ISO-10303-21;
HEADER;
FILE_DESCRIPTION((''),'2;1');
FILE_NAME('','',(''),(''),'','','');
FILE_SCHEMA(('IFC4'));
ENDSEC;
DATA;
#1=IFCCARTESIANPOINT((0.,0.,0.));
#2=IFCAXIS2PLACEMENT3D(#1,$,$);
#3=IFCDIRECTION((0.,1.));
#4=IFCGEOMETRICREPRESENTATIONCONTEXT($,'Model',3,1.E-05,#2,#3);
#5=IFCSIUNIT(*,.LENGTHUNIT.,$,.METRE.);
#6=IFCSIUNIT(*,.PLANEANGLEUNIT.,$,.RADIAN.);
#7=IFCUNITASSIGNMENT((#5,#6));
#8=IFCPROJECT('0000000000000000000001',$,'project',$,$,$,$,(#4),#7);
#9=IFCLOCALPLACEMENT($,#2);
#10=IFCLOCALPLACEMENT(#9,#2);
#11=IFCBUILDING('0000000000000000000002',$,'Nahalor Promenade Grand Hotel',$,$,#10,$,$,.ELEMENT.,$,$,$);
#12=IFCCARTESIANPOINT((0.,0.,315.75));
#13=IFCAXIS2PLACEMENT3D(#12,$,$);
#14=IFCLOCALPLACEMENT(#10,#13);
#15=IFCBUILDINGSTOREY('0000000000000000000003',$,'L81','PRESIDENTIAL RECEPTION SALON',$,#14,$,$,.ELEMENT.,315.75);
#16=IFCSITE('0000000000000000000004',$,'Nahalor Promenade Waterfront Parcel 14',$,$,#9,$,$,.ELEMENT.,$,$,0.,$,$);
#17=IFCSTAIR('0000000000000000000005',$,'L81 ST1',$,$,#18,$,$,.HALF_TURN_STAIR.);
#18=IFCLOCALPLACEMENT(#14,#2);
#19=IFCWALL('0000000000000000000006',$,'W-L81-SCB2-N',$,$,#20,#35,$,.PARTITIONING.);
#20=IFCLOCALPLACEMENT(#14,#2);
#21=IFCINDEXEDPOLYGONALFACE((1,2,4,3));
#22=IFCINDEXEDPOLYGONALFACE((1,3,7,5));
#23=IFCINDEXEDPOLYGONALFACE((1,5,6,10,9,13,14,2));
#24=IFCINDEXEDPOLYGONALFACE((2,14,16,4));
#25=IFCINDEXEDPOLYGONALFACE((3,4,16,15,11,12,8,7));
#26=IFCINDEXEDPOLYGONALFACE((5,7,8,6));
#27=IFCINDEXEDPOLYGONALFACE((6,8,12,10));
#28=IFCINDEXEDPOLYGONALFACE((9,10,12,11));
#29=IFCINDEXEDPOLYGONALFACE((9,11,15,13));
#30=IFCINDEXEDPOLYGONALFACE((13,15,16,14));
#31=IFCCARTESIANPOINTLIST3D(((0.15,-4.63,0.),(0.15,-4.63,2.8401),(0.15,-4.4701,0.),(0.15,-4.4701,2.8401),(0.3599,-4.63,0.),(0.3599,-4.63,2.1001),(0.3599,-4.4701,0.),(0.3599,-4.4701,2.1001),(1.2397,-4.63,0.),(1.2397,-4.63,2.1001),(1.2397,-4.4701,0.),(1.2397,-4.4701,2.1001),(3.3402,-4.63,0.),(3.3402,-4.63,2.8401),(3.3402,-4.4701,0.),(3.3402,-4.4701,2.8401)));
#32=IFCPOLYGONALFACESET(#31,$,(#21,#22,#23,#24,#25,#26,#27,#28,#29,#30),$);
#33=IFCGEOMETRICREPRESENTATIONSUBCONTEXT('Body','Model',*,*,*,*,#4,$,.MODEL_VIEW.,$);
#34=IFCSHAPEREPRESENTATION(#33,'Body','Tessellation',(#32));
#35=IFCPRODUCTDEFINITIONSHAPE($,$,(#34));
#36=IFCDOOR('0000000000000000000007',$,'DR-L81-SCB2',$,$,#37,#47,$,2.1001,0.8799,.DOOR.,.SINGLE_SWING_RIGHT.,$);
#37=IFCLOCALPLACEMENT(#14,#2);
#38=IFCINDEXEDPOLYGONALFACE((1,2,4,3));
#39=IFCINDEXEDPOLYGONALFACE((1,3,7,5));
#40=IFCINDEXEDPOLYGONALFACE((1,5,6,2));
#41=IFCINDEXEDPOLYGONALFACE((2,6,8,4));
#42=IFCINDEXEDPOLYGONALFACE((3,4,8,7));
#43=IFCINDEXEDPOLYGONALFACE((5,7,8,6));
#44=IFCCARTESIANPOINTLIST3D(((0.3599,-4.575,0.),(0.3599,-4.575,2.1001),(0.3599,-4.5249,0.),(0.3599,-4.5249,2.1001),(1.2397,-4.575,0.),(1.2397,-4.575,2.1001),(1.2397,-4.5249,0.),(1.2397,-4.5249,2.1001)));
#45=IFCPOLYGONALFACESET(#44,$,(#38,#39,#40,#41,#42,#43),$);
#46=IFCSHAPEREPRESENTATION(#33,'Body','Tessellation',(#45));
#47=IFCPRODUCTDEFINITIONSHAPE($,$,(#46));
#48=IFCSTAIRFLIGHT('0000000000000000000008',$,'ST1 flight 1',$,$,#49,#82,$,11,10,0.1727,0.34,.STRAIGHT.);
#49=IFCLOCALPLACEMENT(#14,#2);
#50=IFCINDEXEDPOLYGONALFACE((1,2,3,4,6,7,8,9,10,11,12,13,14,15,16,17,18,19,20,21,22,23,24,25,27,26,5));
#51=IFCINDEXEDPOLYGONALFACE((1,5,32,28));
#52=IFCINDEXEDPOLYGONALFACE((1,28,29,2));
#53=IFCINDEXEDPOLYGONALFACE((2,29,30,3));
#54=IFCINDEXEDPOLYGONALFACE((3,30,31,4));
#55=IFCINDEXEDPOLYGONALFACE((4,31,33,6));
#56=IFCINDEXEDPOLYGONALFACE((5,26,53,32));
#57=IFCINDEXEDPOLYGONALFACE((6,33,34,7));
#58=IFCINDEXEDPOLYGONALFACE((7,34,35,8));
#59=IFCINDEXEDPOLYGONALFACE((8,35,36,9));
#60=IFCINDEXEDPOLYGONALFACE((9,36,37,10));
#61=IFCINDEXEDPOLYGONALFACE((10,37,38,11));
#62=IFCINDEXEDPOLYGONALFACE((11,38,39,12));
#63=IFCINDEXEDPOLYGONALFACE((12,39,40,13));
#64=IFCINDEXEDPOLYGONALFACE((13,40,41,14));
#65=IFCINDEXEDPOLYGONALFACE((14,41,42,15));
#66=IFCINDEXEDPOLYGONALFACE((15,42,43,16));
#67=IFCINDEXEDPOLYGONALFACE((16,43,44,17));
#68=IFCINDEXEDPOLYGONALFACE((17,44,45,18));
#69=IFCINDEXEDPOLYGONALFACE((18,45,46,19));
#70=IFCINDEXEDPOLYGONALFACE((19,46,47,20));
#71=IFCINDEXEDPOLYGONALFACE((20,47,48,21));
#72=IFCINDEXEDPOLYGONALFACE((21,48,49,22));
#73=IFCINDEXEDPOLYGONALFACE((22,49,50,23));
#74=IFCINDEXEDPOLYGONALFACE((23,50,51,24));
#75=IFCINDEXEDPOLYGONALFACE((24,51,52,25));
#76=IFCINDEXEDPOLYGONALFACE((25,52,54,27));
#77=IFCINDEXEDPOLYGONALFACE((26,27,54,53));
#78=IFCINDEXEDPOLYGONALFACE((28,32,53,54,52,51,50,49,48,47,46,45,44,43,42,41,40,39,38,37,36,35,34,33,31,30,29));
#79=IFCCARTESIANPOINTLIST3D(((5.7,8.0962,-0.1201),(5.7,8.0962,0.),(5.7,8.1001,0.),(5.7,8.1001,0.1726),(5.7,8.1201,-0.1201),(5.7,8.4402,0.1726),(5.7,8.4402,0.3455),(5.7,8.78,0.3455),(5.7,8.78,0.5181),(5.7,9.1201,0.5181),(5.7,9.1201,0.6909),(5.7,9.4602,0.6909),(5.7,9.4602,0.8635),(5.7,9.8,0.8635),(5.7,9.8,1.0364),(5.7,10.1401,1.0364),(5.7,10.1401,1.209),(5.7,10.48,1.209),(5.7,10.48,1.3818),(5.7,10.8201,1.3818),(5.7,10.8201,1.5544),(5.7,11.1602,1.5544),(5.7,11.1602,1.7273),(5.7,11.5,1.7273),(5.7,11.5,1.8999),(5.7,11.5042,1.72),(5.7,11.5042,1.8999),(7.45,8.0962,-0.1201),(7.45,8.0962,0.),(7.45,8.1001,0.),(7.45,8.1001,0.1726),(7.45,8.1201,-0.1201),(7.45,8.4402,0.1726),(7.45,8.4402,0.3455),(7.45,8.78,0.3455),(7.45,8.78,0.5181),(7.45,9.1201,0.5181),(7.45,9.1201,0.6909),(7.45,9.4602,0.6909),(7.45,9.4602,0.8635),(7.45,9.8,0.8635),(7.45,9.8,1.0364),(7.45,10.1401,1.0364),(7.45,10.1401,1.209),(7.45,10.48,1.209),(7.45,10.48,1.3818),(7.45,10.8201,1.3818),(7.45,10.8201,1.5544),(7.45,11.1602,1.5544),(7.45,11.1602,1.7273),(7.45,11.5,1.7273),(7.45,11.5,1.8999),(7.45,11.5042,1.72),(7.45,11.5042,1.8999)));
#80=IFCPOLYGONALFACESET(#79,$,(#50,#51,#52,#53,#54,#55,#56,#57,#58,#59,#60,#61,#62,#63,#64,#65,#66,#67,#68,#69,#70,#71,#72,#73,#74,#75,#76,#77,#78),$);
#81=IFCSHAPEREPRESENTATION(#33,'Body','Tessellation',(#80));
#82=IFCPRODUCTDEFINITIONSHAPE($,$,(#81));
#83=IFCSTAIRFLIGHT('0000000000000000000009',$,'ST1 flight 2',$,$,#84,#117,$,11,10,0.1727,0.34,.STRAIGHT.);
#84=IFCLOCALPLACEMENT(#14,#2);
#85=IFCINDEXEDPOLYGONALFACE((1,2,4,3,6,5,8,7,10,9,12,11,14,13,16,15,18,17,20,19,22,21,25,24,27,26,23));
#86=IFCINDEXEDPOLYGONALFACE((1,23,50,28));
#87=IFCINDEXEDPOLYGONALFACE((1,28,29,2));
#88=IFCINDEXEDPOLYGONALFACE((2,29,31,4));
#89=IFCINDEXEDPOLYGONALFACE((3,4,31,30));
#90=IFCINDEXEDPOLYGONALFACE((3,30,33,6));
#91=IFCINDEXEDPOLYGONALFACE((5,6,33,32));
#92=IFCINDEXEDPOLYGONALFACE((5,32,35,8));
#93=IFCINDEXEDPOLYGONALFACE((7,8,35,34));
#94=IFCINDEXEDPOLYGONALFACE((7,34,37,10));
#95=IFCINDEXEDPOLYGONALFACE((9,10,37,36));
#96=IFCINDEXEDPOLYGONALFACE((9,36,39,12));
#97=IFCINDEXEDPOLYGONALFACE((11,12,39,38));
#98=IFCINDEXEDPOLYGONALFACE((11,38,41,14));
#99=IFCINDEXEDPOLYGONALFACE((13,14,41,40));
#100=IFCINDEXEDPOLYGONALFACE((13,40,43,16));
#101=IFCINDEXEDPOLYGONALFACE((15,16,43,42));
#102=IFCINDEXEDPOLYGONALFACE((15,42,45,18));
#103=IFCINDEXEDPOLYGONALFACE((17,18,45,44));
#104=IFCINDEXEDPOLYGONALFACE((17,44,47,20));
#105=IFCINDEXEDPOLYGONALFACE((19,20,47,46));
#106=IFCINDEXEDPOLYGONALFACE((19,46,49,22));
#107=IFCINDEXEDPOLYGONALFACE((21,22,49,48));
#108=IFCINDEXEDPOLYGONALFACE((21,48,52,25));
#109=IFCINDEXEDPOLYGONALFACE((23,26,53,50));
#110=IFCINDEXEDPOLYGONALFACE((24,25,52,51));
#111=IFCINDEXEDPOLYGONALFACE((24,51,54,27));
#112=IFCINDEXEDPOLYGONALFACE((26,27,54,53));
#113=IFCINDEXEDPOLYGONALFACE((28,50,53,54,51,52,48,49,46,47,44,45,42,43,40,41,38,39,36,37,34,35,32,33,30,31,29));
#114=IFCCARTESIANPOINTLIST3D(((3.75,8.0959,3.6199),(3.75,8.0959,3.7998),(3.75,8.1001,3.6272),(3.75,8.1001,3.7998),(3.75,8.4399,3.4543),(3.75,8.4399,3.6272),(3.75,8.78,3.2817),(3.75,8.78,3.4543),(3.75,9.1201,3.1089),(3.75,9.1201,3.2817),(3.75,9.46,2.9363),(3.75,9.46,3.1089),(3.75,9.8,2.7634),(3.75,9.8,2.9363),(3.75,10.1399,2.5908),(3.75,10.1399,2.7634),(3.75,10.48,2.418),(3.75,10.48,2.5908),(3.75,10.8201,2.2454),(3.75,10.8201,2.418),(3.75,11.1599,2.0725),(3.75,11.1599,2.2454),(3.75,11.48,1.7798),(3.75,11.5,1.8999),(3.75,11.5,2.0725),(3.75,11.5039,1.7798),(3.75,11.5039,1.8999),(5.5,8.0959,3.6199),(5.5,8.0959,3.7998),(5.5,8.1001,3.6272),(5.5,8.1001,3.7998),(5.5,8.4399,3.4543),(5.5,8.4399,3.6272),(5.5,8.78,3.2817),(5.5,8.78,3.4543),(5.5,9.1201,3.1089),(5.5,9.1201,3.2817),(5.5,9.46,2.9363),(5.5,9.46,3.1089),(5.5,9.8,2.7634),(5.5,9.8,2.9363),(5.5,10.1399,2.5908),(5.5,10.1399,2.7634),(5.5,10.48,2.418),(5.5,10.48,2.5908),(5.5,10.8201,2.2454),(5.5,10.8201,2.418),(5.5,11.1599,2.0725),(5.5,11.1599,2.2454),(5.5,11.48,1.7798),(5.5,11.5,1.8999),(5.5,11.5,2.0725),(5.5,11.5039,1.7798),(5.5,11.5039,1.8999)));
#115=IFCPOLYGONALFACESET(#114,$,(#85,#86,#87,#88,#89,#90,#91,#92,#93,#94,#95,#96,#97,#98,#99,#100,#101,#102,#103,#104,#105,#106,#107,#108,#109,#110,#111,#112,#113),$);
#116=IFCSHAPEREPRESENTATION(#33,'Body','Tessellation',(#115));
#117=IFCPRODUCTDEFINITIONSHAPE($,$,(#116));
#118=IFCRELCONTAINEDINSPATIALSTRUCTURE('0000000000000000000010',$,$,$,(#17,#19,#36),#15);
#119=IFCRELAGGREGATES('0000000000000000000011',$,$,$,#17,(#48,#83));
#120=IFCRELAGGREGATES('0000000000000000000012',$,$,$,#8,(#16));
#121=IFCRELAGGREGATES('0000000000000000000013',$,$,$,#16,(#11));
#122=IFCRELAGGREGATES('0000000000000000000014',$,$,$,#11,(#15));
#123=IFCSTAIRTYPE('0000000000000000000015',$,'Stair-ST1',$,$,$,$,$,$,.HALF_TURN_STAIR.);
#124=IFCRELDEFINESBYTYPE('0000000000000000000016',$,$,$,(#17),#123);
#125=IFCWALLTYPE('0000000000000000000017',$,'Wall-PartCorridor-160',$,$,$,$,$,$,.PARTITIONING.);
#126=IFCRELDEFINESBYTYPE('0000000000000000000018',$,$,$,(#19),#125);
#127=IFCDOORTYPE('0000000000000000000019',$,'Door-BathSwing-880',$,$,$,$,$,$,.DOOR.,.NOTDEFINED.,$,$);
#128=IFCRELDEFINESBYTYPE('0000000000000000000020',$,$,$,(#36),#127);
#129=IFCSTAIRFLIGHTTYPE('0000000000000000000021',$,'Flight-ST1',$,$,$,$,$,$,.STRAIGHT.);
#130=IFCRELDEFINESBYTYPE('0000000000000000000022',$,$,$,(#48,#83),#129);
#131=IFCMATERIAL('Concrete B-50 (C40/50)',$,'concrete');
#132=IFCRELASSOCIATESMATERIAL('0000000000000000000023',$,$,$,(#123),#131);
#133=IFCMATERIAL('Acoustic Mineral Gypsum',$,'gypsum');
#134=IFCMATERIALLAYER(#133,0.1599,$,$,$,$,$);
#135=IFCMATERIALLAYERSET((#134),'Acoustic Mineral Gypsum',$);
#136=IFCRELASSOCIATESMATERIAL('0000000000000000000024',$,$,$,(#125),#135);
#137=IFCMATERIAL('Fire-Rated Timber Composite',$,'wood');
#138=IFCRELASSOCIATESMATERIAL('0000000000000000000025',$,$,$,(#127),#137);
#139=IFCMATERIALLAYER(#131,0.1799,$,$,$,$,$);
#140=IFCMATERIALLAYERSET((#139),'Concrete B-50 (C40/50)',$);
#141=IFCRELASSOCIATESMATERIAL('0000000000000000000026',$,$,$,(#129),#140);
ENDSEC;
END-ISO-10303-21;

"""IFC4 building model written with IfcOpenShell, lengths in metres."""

from ifc_helpers import new_model, si_unit, direction, frame, frame_2d, origin, place, context, subcontext, project, spatial, polyline, rectangle, outline, extrude, source, transform, mapped, material, layer, layer_set, type_object, element, fill, aggregate, save


model = new_model("IFC4")

# Units and contexts
model_context = context("Model", 3, precision=1e-05, world=origin(), true_north=direction((0.0, 1.0)))
body_context = subcontext(model_context, "Body", "Model", "MODEL_VIEW")
ifc_project = project(units=[si_unit("LENGTHUNIT", "METRE"), si_unit("PLANEANGLEUNIT", "RADIAN")], contexts=[model_context])

# Site, building, storey
site_placement = place(None, origin())
site = spatial("IfcSite", under=ifc_project, at=site_placement, Name="Nahalor Promenade Waterfront Parcel 14", CompositionType="ELEMENT", RefElevation=0.0)
building_placement = place(site_placement, origin())
building = spatial("IfcBuilding", under=site, at=building_placement, Name="Nahalor Promenade Grand Hotel", CompositionType="ELEMENT")
storey_placement = place(building_placement, frame((0.0, 0.0, 315.75)))
storey = spatial("IfcBuildingStorey", under=building, at=storey_placement, Name="L81", Description="PRESIDENTIAL RECEPTION SALON", CompositionType="ELEMENT", Elevation=315.75)

# Shared definitions
ifc_material_1 = material(Name="Concrete B-50 (C40/50)", Category="concrete")

# Stair
stair_type_1 = type_object("IfcStairType", Name="Stair-ST1", PredefinedType="HALF_TURN_STAIR", material=ifc_material_1)
stair_1_placement = place(storey_placement, origin())
stair_1 = element("IfcStair", 1, at=stair_1_placement, inside=storey, type_object=stair_type_1, Name="L81 ST1", PredefinedType="HALF_TURN_STAIR")

# Shared definitions
ifc_material_2 = material(Name="Acoustic Mineral Gypsum", Category="gypsum")

# Wall, opening, door
ifc_layer_1 = layer(ifc_material_2, 0.1599)
ifc_layer_set_1 = layer_set([ifc_layer_1], Name="Acoustic Mineral Gypsum")
wall_type_1 = type_object("IfcWallType", Name="Wall-PartCorridor-160", PredefinedType="PARTITIONING", material=ifc_layer_set_1)
ifc_material_3 = material(Name="Fire-Rated Timber Composite", Category="wood")
door_type_1 = type_object("IfcDoorType", Name="Door-BathSwing-880", OperationType="NOTDEFINED", PredefinedType="DOOR", material=ifc_material_3)
shared_shape_1 = source(origin(), body_context, "Body", "SweptSolid", [
    extrude(rectangle(XDim=0.8799, YDim=2.1001, at=frame_2d((0.4399, 1.05))), frame((0.0, 0.0249, 0.0), z_axis=(0.0, -1.0, 0.0), x_axis=(1.0, 0.0, 0.0)), (0.0, 0.0, 1.0), 0.05),
])
shared_shape_2 = source(origin(), body_context, "Body", "SweptSolid", [
    extrude(rectangle(XDim=3.1902, YDim=0.1599, at=frame_2d((1.5952, 0.0))), origin(), (0.0, 0.0, 1.0), 2.8401),
])
wall_1_placement = place(storey_placement, frame((0.1499, -4.55, 0.0), z_axis=(0.0, 0.0, 1.0), x_axis=(1.0, 0.0, 0.0)))
wall_1 = element("IfcWall", 2, at=wall_1_placement, inside=storey, type_object=wall_type_1, Name="W-L81-SCB2-N", PredefinedType="PARTITIONING", context=body_context, shape_type="MappedRepresentation", body=[
    mapped(shared_shape_2, transform((0.0, 0.0, 0.0), scale=1.0)),
])
opening_1_placement = place(wall_1_placement, frame((0.21, 0.0, 0.0)))
opening_1 = element("IfcOpeningElement", 3, at=opening_1_placement, cuts=wall_1, PredefinedType="OPENING", context=body_context, shape_type="SweptSolid", body=[
    extrude(rectangle(XDim=0.8799, YDim=2.1001, at=frame_2d((0.4399, 1.05))), frame((0.0, 0.0898, 0.0), z_axis=(0.0, -1.0, 0.0), x_axis=(1.0, 0.0, 0.0)), (0.0, 0.0, 1.0), 0.1799),
])
door_1_placement = place(opening_1_placement, frame((0.8799, 0.0, 0.0), z_axis=(0.0, 0.0, 1.0), x_axis=(-1.0, 0.0, 0.0)))
door_1 = element("IfcDoor", 4, at=door_1_placement, inside=storey, type_object=door_type_1, Name="DR-L81-SCB2", OperationType="SINGLE_SWING_RIGHT", OverallHeight=2.1001, OverallWidth=0.8799, PredefinedType="DOOR", context=body_context, shape_type="MappedRepresentation", body=[
    mapped(shared_shape_1, transform((0.0, 0.0, 0.0), scale=1.0)),
])
fill(opening_1, door_1)

# Stair flights
ifc_layer_2 = layer(ifc_material_1, 0.1799)
ifc_layer_set_2 = layer_set([ifc_layer_2], Name="Concrete B-50 (C40/50)")
stair_flight_type = type_object("IfcStairFlightType", Name="Flight-ST1", PredefinedType="STRAIGHT", material=ifc_layer_set_2)
shared_shape_3 = source(origin(), body_context, "Body", "SweptSolid", [
    extrude(outline(polyline([(-0.0039, -0.1201), (-0.0039, 0.0), (0.0, 0.0), (0.0, 0.1726), (0.3401, 0.1726), (0.3401, 0.3455), (0.6799, 0.3455), (0.6799, 0.5181), (1.02, 0.5181), (1.02, 0.6909), (1.3601, 0.6909), (1.3601, 0.8635), (1.7, 0.8635), (1.7, 1.0364), (2.04, 1.0364), (2.04, 1.209), (2.3799, 1.209), (2.3799, 1.3818), (2.72, 1.3818), (2.72, 1.5544), (3.0601, 1.5544), (3.0601, 1.7273), (3.3999, 1.7273), (3.3999, 1.8999), (3.4041, 1.8999), (3.4041, 1.72), (0.02, -0.1201), (-0.0039, -0.1201)])), frame((0.0, 0.875, 0.0), z_axis=(0.0, -1.0, 0.0), x_axis=(1.0, 0.0, 0.0)), (0.0, 0.0, 1.0), 1.75),
])
stair_flight_1_placement = place(storey_placement, frame((6.575, 8.1001, 0.0), z_axis=(0.0, 0.0, 1.0), x_axis=(0.0, 1.0, 0.0)))
stair_flight_1 = element("IfcStairFlight", 5, at=stair_flight_1_placement, type_object=stair_flight_type, Name="ST1 flight 1", NumberOfRisers=11, NumberOfTreads=10, PredefinedType="STRAIGHT", RiserHeight=0.1727, TreadLength=0.34, context=body_context, shape_type="MappedRepresentation", body=[
    mapped(shared_shape_3, transform((0.0, 0.0, 0.0), scale=1.0)),
])
stair_flight_2_placement = place(storey_placement, frame((4.625, 11.5, 1.8999), z_axis=(0.0, 0.0, 1.0), x_axis=(0.0, -1.0, 0.0)))
stair_flight_2 = element("IfcStairFlight", 6, at=stair_flight_2_placement, type_object=stair_flight_type, Name="ST1 flight 2", NumberOfRisers=11, NumberOfTreads=10, PredefinedType="STRAIGHT", RiserHeight=0.1727, TreadLength=0.34, context=body_context, shape_type="MappedRepresentation", body=[
    mapped(shared_shape_3, transform((0.0, 0.0, 0.0), scale=1.0)),
])
aggregate(stair_1, [stair_flight_1, stair_flight_2])

save(model, "model.ifc")
